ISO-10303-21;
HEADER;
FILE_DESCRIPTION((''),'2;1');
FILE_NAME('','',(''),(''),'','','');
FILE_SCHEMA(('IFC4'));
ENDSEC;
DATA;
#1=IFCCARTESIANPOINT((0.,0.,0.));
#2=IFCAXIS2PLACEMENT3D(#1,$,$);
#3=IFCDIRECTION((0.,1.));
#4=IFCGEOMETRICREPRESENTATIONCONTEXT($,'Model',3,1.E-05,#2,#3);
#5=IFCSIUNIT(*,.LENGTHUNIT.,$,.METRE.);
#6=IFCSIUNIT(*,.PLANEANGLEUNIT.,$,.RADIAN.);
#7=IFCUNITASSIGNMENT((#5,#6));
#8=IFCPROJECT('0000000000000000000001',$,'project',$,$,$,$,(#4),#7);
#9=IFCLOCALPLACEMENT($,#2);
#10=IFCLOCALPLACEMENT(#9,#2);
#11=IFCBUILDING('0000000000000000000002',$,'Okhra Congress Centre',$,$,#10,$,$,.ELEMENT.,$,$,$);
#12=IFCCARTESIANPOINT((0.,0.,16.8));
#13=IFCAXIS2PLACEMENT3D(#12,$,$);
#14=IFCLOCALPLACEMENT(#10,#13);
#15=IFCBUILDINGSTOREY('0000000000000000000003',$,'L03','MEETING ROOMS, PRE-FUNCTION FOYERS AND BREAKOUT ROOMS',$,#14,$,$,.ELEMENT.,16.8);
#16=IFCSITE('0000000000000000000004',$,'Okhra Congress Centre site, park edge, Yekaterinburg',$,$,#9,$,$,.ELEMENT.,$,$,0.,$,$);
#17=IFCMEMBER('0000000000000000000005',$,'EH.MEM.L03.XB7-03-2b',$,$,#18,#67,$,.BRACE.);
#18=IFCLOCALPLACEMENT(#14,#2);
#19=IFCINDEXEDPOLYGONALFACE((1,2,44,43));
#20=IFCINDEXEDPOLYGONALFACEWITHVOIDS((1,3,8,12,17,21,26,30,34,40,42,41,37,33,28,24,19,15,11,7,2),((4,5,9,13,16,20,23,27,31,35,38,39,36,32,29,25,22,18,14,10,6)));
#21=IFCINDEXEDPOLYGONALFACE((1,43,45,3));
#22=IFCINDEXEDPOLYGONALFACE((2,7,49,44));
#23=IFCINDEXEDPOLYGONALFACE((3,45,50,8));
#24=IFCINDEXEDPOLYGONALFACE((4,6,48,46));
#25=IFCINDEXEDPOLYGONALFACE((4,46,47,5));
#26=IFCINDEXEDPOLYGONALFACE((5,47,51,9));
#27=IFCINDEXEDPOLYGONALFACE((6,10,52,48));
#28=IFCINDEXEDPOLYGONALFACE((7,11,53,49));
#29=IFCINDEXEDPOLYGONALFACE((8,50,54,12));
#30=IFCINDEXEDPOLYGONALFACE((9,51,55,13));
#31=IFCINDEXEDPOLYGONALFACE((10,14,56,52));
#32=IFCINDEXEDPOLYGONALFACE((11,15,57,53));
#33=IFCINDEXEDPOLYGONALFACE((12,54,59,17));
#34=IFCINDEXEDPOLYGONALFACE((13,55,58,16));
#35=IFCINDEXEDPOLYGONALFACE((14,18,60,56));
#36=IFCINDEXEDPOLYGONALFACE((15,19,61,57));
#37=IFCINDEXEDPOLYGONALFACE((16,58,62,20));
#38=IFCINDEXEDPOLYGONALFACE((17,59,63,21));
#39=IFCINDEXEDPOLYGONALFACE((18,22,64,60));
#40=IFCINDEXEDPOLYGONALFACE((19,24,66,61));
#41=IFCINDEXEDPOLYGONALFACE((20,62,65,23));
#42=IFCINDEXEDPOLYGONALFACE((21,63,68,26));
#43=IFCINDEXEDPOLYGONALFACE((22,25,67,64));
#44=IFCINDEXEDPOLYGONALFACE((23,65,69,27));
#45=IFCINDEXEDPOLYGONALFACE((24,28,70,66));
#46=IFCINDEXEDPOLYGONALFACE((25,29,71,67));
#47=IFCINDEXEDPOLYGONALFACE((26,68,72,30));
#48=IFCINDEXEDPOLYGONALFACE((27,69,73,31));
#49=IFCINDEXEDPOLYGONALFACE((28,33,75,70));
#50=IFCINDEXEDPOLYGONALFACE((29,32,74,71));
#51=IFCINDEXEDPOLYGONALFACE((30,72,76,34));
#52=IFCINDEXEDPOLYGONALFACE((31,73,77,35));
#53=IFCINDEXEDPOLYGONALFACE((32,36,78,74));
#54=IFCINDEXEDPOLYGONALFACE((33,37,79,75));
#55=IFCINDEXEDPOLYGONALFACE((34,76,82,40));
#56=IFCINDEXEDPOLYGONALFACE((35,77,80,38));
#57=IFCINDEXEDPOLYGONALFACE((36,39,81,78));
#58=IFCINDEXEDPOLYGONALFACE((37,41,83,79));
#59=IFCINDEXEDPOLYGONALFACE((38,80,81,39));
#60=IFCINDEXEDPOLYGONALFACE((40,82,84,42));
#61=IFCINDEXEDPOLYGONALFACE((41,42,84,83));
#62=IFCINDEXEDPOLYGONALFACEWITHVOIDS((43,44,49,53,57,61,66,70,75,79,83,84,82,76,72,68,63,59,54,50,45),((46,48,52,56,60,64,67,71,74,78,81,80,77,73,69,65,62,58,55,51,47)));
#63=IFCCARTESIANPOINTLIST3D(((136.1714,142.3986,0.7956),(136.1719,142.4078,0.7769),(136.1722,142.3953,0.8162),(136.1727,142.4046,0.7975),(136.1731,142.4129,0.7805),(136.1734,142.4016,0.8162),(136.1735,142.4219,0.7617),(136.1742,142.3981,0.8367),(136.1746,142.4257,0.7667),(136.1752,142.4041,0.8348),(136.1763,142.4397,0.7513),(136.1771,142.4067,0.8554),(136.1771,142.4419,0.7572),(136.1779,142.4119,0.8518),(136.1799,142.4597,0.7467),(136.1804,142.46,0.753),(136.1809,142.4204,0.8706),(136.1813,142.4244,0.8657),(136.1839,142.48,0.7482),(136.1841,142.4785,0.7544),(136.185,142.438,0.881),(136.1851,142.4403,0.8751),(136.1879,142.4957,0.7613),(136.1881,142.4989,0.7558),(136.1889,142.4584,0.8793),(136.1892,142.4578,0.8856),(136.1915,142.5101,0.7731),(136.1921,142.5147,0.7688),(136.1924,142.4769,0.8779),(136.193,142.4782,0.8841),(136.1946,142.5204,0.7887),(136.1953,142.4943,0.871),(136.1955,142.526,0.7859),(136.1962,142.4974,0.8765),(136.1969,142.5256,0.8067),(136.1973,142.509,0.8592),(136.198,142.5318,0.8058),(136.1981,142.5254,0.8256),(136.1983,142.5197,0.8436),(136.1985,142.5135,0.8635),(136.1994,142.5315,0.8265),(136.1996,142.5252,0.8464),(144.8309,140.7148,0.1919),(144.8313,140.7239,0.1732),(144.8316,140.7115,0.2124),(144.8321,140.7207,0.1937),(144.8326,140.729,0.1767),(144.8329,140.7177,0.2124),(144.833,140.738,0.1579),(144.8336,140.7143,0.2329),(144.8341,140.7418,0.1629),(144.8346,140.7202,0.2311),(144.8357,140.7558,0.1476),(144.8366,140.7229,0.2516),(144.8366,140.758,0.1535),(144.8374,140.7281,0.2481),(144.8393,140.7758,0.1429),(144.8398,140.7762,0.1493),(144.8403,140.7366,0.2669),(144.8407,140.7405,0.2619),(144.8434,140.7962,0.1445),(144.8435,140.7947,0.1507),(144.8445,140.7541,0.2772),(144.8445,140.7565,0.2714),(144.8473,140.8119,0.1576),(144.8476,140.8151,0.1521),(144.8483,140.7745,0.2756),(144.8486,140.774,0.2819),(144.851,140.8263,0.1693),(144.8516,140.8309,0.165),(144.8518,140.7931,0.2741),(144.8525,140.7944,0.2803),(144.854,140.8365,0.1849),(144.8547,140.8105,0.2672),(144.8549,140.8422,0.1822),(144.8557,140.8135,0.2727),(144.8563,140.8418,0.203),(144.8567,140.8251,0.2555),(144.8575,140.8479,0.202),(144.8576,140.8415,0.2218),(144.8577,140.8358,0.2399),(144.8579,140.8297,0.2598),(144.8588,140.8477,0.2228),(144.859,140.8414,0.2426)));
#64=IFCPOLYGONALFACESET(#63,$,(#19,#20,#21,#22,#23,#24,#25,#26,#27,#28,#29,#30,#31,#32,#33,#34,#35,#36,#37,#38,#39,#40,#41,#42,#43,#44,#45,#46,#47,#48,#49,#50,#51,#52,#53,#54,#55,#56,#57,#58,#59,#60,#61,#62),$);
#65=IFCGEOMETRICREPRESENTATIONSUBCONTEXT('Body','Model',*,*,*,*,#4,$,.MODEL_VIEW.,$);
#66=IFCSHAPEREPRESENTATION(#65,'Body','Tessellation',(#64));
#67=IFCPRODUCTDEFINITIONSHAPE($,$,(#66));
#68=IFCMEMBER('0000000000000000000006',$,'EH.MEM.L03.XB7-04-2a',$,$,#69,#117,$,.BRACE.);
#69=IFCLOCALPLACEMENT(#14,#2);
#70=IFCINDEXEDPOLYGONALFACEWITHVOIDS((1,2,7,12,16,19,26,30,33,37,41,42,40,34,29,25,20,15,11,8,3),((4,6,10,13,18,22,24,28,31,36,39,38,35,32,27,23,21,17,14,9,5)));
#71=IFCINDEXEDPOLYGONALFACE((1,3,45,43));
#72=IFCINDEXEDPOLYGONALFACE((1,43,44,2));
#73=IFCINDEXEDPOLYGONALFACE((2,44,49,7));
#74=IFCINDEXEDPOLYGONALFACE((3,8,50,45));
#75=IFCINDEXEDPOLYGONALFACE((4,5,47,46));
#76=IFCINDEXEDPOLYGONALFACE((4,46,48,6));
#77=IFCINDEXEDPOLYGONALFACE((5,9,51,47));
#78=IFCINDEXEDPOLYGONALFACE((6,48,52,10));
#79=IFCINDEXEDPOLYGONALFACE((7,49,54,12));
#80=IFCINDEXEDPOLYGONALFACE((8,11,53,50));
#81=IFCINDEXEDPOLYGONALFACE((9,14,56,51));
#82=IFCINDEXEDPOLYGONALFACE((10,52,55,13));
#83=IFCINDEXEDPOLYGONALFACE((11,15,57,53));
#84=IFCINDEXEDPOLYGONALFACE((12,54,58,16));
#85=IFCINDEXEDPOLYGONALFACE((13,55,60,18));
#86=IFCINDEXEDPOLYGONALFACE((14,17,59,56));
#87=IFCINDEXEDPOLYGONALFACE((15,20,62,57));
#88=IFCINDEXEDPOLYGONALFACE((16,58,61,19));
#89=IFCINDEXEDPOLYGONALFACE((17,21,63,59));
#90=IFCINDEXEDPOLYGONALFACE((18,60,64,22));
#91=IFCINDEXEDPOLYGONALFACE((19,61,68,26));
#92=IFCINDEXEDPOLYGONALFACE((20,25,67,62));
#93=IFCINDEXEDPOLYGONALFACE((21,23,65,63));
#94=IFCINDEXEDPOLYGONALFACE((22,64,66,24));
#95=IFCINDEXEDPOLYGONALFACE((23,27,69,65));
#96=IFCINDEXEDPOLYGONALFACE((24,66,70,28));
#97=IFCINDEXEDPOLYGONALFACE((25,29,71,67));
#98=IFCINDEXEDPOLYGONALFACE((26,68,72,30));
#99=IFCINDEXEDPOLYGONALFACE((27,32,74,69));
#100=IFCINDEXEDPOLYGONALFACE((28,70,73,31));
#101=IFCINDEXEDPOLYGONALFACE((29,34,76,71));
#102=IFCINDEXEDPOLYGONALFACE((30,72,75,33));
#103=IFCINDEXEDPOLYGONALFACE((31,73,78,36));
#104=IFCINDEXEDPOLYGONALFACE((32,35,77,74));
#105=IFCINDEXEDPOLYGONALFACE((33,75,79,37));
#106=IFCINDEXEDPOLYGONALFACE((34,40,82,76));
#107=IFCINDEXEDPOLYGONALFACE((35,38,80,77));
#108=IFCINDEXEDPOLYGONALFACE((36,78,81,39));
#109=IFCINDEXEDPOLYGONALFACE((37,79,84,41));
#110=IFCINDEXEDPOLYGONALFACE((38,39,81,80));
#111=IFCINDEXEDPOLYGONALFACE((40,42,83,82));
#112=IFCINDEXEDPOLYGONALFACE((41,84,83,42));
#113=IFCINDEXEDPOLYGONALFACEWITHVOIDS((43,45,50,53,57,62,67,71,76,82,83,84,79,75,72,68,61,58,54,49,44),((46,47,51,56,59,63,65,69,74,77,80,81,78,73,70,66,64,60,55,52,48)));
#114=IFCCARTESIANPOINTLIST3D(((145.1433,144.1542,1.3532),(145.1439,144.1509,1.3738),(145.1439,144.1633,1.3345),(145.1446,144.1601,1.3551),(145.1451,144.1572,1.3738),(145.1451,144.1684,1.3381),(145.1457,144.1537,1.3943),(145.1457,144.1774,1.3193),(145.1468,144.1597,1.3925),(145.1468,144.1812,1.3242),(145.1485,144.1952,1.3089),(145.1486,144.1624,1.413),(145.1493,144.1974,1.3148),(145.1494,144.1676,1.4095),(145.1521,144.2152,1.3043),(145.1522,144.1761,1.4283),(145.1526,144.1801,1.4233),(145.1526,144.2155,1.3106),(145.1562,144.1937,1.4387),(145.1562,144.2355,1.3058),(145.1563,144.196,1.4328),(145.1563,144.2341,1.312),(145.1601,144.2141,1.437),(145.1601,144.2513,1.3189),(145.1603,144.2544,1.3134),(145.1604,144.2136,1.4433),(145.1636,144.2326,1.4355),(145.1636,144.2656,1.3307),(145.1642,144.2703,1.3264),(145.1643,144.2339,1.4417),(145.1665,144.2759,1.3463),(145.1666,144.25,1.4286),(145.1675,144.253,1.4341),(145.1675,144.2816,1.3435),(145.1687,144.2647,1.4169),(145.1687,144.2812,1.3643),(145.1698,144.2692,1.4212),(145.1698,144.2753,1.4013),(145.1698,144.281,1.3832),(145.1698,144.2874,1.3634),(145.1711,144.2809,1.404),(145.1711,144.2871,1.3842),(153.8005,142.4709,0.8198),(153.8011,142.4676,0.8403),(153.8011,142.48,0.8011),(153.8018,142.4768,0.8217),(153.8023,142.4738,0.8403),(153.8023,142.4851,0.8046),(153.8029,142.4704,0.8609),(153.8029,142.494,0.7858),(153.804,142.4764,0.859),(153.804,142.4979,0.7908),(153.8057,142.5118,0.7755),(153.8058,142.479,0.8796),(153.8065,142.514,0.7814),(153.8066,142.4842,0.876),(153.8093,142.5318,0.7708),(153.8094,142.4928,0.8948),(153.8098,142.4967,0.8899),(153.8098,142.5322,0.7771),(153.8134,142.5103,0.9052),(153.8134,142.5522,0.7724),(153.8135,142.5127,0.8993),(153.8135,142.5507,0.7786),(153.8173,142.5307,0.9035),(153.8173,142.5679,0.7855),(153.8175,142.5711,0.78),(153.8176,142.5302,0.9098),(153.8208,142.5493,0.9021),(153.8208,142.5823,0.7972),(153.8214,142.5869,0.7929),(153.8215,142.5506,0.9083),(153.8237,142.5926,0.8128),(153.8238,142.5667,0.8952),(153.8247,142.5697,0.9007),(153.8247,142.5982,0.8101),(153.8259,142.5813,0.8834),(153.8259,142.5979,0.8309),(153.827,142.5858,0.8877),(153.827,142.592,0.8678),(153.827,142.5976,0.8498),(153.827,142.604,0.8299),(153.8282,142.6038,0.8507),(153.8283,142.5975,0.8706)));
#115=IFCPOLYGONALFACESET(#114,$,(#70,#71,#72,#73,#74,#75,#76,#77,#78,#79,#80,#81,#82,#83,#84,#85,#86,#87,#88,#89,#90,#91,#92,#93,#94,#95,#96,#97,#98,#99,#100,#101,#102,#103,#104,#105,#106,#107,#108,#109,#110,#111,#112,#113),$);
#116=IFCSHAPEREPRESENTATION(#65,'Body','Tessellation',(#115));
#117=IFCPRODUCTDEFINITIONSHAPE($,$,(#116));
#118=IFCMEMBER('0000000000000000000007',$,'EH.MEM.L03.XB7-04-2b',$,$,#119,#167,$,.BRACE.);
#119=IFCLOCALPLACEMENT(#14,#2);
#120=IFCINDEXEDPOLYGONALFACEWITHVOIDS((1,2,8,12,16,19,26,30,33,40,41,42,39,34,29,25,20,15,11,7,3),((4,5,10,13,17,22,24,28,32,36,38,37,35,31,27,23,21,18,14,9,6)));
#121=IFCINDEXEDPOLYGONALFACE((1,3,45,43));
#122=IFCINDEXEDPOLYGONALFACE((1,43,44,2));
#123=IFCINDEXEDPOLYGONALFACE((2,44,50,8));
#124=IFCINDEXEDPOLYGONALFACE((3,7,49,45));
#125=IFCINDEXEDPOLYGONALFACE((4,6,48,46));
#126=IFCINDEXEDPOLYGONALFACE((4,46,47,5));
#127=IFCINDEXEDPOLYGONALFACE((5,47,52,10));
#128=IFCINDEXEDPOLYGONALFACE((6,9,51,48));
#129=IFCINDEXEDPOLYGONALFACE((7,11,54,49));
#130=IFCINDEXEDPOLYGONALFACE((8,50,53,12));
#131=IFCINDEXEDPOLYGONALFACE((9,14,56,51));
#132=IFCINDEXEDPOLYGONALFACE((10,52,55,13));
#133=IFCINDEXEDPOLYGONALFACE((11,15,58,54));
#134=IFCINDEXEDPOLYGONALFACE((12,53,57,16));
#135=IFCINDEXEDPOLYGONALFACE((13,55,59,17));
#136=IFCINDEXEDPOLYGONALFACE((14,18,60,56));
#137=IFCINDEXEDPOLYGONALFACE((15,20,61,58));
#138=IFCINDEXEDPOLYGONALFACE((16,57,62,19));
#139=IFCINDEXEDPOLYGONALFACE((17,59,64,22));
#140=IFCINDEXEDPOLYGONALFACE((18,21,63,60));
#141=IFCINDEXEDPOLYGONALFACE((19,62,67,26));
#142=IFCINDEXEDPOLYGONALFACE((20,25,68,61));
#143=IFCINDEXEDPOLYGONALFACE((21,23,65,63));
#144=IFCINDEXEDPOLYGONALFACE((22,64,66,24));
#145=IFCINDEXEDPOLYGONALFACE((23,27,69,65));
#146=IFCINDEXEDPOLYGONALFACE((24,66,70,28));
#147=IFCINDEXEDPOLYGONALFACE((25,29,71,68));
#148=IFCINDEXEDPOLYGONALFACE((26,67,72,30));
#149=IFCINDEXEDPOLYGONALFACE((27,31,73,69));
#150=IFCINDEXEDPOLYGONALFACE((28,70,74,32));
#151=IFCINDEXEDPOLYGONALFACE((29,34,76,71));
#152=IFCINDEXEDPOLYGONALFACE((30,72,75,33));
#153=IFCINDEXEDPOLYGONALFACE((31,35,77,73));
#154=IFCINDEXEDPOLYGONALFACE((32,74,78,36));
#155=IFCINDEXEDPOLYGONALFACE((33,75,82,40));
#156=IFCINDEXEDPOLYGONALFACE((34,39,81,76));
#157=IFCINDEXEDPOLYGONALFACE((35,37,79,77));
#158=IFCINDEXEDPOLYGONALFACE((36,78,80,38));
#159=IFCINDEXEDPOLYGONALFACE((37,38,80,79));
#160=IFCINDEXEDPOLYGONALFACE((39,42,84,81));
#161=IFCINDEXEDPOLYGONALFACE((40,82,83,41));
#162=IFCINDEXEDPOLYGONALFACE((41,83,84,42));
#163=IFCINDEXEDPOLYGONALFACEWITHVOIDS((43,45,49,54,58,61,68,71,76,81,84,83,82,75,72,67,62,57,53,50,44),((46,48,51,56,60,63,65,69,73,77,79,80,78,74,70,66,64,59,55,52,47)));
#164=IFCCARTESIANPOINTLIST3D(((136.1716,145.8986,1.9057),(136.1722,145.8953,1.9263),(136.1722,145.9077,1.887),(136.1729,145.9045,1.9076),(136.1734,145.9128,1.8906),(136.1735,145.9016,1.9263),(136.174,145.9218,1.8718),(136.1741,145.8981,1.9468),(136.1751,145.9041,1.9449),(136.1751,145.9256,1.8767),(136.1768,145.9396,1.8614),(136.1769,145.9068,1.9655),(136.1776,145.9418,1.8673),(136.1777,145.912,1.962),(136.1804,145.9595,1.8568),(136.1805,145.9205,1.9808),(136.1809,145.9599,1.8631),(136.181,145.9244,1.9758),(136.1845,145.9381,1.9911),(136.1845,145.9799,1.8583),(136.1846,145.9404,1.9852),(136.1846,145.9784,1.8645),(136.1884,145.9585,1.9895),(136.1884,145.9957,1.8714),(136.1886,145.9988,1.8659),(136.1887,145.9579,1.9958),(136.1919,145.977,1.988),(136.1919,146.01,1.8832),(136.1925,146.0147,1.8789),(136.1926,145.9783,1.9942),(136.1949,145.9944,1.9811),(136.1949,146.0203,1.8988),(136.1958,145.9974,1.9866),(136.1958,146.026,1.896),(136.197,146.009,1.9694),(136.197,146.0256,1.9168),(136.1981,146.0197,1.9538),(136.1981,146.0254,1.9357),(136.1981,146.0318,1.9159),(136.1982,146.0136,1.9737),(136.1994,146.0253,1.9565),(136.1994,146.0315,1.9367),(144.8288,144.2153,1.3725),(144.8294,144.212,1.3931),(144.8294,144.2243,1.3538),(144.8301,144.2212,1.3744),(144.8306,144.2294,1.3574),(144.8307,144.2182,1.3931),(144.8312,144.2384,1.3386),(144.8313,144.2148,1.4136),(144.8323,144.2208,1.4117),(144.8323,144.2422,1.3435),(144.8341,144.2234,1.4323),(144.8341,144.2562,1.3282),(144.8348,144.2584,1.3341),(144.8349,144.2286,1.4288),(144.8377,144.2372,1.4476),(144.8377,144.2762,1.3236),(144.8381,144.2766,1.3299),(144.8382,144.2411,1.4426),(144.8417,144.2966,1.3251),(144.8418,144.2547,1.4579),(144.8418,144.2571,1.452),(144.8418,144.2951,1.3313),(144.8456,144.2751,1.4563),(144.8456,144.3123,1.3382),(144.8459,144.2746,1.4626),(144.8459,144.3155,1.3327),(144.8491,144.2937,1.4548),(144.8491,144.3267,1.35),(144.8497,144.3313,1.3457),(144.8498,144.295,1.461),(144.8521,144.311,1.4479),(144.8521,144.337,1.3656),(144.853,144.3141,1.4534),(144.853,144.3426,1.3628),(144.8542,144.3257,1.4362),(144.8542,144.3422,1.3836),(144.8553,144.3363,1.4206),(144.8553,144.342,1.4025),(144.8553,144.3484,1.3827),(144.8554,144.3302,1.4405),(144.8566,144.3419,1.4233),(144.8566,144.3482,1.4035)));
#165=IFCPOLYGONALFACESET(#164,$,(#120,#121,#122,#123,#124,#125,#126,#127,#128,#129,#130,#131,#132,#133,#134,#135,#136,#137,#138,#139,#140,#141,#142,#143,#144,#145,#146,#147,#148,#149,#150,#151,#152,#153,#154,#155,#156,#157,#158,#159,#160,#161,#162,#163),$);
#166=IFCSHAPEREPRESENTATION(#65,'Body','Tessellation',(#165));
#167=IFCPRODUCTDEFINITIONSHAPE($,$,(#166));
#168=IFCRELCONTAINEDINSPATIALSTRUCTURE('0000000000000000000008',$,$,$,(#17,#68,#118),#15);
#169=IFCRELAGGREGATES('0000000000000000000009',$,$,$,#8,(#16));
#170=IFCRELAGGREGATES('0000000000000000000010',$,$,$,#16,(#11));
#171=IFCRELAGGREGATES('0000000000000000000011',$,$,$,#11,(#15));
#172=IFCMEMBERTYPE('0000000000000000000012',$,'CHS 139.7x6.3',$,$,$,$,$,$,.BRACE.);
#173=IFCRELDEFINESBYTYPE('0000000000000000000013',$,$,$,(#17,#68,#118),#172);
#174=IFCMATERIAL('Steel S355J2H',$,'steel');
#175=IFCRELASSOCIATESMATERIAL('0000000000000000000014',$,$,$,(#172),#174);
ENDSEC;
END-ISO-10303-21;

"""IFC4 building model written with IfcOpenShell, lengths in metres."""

from ifc_helpers import new_model, si_unit, direction, frame, origin, origin_2d, place, context, subcontext, project, spatial, hollow_circle, extrude, material, material_profile, profile_set, type_object, element, save


model = new_model("IFC4")

# Units and contexts
model_context = context("Model", 3, precision=1e-05, world=origin(), true_north=direction((0.0, 1.0)))
body_context = subcontext(model_context, "Body", "Model", "MODEL_VIEW")
ifc_project = project(units=[si_unit("LENGTHUNIT", "METRE"), si_unit("PLANEANGLEUNIT", "RADIAN")], contexts=[model_context])

# Site, building, storey
site_placement = place(None, origin())
site = spatial("IfcSite", under=ifc_project, at=site_placement, Name="Okhra Congress Centre site, park edge, Yekaterinburg", CompositionType="ELEMENT", RefElevation=0.0)
building_placement = place(site_placement, origin())
building = spatial("IfcBuilding", under=site, at=building_placement, Name="Okhra Congress Centre", CompositionType="ELEMENT")
storey_placement = place(building_placement, frame((0.0, 0.0, 16.8)))
storey = spatial("IfcBuildingStorey", under=building, at=storey_placement, Name="L03", Description="MEETING ROOMS, PRE-FUNCTION FOYERS AND BREAKOUT ROOMS", CompositionType="ELEMENT", Elevation=16.8)

# Members
ifc_material_1 = material(Name="Steel S355J2H", Category="steel")
ifc_material_profile_1 = material_profile(ifc_material_1, hollow_circle(Radius=0.0698, WallThickness=0.0063, at=origin_2d()), Name="CHS 139.7x6.3")
ifc_profile_set_1 = profile_set([ifc_material_profile_1], Name="Steel S355J2H")
member_type_1 = type_object("IfcMemberType", Name="CHS 139.7x6.3", PredefinedType="BRACE", material=ifc_profile_set_1)
member_placement = place(storey_placement, frame((144.845, 140.78, 0.2124), z_axis=(-0.979323, 0.190431, 0.068281), x_axis=(-0.190876, -0.981614, 0.0)))
element("IfcMember", 1, at=member_placement, inside=storey, type_object=member_type_1, Name="EH.MEM.L03.XB7-03-2b", PredefinedType="BRACE", context=body_context, shape_type="SweptSolid", body=[
    extrude(hollow_circle(Radius=0.0698, WallThickness=0.0063, at=origin_2d()), origin(), (0.0, 0.0, 1.0), 8.8423),
])
for number, where, z_axis, x_axis, name in (
    (2, (153.8145, 142.5361, 0.8403), (-0.979825, 0.190521, 0.060376), (-0.19087, -0.981615, 0.0), "EH.MEM.L03.XB7-04-2a"),
    (3, (144.8428, 144.2805, 1.3931), (-0.979826, 0.190522, 0.060348), (-0.19087, -0.981615, 0.0), "EH.MEM.L03.XB7-04-2b"),
):
    element("IfcMember", number, at=place(storey_placement, frame(where, z_axis=z_axis, x_axis=x_axis)), inside=storey, type_object=member_type_1, Name=name, PredefinedType="BRACE", context=body_context, shape_type="SweptSolid", body=[
        extrude(hollow_circle(Radius=0.0698, WallThickness=0.0063, at=origin_2d()), origin(), (0.0, 0.0, 1.0), 8.8354),
    ])

save(model, "model.ifc")
